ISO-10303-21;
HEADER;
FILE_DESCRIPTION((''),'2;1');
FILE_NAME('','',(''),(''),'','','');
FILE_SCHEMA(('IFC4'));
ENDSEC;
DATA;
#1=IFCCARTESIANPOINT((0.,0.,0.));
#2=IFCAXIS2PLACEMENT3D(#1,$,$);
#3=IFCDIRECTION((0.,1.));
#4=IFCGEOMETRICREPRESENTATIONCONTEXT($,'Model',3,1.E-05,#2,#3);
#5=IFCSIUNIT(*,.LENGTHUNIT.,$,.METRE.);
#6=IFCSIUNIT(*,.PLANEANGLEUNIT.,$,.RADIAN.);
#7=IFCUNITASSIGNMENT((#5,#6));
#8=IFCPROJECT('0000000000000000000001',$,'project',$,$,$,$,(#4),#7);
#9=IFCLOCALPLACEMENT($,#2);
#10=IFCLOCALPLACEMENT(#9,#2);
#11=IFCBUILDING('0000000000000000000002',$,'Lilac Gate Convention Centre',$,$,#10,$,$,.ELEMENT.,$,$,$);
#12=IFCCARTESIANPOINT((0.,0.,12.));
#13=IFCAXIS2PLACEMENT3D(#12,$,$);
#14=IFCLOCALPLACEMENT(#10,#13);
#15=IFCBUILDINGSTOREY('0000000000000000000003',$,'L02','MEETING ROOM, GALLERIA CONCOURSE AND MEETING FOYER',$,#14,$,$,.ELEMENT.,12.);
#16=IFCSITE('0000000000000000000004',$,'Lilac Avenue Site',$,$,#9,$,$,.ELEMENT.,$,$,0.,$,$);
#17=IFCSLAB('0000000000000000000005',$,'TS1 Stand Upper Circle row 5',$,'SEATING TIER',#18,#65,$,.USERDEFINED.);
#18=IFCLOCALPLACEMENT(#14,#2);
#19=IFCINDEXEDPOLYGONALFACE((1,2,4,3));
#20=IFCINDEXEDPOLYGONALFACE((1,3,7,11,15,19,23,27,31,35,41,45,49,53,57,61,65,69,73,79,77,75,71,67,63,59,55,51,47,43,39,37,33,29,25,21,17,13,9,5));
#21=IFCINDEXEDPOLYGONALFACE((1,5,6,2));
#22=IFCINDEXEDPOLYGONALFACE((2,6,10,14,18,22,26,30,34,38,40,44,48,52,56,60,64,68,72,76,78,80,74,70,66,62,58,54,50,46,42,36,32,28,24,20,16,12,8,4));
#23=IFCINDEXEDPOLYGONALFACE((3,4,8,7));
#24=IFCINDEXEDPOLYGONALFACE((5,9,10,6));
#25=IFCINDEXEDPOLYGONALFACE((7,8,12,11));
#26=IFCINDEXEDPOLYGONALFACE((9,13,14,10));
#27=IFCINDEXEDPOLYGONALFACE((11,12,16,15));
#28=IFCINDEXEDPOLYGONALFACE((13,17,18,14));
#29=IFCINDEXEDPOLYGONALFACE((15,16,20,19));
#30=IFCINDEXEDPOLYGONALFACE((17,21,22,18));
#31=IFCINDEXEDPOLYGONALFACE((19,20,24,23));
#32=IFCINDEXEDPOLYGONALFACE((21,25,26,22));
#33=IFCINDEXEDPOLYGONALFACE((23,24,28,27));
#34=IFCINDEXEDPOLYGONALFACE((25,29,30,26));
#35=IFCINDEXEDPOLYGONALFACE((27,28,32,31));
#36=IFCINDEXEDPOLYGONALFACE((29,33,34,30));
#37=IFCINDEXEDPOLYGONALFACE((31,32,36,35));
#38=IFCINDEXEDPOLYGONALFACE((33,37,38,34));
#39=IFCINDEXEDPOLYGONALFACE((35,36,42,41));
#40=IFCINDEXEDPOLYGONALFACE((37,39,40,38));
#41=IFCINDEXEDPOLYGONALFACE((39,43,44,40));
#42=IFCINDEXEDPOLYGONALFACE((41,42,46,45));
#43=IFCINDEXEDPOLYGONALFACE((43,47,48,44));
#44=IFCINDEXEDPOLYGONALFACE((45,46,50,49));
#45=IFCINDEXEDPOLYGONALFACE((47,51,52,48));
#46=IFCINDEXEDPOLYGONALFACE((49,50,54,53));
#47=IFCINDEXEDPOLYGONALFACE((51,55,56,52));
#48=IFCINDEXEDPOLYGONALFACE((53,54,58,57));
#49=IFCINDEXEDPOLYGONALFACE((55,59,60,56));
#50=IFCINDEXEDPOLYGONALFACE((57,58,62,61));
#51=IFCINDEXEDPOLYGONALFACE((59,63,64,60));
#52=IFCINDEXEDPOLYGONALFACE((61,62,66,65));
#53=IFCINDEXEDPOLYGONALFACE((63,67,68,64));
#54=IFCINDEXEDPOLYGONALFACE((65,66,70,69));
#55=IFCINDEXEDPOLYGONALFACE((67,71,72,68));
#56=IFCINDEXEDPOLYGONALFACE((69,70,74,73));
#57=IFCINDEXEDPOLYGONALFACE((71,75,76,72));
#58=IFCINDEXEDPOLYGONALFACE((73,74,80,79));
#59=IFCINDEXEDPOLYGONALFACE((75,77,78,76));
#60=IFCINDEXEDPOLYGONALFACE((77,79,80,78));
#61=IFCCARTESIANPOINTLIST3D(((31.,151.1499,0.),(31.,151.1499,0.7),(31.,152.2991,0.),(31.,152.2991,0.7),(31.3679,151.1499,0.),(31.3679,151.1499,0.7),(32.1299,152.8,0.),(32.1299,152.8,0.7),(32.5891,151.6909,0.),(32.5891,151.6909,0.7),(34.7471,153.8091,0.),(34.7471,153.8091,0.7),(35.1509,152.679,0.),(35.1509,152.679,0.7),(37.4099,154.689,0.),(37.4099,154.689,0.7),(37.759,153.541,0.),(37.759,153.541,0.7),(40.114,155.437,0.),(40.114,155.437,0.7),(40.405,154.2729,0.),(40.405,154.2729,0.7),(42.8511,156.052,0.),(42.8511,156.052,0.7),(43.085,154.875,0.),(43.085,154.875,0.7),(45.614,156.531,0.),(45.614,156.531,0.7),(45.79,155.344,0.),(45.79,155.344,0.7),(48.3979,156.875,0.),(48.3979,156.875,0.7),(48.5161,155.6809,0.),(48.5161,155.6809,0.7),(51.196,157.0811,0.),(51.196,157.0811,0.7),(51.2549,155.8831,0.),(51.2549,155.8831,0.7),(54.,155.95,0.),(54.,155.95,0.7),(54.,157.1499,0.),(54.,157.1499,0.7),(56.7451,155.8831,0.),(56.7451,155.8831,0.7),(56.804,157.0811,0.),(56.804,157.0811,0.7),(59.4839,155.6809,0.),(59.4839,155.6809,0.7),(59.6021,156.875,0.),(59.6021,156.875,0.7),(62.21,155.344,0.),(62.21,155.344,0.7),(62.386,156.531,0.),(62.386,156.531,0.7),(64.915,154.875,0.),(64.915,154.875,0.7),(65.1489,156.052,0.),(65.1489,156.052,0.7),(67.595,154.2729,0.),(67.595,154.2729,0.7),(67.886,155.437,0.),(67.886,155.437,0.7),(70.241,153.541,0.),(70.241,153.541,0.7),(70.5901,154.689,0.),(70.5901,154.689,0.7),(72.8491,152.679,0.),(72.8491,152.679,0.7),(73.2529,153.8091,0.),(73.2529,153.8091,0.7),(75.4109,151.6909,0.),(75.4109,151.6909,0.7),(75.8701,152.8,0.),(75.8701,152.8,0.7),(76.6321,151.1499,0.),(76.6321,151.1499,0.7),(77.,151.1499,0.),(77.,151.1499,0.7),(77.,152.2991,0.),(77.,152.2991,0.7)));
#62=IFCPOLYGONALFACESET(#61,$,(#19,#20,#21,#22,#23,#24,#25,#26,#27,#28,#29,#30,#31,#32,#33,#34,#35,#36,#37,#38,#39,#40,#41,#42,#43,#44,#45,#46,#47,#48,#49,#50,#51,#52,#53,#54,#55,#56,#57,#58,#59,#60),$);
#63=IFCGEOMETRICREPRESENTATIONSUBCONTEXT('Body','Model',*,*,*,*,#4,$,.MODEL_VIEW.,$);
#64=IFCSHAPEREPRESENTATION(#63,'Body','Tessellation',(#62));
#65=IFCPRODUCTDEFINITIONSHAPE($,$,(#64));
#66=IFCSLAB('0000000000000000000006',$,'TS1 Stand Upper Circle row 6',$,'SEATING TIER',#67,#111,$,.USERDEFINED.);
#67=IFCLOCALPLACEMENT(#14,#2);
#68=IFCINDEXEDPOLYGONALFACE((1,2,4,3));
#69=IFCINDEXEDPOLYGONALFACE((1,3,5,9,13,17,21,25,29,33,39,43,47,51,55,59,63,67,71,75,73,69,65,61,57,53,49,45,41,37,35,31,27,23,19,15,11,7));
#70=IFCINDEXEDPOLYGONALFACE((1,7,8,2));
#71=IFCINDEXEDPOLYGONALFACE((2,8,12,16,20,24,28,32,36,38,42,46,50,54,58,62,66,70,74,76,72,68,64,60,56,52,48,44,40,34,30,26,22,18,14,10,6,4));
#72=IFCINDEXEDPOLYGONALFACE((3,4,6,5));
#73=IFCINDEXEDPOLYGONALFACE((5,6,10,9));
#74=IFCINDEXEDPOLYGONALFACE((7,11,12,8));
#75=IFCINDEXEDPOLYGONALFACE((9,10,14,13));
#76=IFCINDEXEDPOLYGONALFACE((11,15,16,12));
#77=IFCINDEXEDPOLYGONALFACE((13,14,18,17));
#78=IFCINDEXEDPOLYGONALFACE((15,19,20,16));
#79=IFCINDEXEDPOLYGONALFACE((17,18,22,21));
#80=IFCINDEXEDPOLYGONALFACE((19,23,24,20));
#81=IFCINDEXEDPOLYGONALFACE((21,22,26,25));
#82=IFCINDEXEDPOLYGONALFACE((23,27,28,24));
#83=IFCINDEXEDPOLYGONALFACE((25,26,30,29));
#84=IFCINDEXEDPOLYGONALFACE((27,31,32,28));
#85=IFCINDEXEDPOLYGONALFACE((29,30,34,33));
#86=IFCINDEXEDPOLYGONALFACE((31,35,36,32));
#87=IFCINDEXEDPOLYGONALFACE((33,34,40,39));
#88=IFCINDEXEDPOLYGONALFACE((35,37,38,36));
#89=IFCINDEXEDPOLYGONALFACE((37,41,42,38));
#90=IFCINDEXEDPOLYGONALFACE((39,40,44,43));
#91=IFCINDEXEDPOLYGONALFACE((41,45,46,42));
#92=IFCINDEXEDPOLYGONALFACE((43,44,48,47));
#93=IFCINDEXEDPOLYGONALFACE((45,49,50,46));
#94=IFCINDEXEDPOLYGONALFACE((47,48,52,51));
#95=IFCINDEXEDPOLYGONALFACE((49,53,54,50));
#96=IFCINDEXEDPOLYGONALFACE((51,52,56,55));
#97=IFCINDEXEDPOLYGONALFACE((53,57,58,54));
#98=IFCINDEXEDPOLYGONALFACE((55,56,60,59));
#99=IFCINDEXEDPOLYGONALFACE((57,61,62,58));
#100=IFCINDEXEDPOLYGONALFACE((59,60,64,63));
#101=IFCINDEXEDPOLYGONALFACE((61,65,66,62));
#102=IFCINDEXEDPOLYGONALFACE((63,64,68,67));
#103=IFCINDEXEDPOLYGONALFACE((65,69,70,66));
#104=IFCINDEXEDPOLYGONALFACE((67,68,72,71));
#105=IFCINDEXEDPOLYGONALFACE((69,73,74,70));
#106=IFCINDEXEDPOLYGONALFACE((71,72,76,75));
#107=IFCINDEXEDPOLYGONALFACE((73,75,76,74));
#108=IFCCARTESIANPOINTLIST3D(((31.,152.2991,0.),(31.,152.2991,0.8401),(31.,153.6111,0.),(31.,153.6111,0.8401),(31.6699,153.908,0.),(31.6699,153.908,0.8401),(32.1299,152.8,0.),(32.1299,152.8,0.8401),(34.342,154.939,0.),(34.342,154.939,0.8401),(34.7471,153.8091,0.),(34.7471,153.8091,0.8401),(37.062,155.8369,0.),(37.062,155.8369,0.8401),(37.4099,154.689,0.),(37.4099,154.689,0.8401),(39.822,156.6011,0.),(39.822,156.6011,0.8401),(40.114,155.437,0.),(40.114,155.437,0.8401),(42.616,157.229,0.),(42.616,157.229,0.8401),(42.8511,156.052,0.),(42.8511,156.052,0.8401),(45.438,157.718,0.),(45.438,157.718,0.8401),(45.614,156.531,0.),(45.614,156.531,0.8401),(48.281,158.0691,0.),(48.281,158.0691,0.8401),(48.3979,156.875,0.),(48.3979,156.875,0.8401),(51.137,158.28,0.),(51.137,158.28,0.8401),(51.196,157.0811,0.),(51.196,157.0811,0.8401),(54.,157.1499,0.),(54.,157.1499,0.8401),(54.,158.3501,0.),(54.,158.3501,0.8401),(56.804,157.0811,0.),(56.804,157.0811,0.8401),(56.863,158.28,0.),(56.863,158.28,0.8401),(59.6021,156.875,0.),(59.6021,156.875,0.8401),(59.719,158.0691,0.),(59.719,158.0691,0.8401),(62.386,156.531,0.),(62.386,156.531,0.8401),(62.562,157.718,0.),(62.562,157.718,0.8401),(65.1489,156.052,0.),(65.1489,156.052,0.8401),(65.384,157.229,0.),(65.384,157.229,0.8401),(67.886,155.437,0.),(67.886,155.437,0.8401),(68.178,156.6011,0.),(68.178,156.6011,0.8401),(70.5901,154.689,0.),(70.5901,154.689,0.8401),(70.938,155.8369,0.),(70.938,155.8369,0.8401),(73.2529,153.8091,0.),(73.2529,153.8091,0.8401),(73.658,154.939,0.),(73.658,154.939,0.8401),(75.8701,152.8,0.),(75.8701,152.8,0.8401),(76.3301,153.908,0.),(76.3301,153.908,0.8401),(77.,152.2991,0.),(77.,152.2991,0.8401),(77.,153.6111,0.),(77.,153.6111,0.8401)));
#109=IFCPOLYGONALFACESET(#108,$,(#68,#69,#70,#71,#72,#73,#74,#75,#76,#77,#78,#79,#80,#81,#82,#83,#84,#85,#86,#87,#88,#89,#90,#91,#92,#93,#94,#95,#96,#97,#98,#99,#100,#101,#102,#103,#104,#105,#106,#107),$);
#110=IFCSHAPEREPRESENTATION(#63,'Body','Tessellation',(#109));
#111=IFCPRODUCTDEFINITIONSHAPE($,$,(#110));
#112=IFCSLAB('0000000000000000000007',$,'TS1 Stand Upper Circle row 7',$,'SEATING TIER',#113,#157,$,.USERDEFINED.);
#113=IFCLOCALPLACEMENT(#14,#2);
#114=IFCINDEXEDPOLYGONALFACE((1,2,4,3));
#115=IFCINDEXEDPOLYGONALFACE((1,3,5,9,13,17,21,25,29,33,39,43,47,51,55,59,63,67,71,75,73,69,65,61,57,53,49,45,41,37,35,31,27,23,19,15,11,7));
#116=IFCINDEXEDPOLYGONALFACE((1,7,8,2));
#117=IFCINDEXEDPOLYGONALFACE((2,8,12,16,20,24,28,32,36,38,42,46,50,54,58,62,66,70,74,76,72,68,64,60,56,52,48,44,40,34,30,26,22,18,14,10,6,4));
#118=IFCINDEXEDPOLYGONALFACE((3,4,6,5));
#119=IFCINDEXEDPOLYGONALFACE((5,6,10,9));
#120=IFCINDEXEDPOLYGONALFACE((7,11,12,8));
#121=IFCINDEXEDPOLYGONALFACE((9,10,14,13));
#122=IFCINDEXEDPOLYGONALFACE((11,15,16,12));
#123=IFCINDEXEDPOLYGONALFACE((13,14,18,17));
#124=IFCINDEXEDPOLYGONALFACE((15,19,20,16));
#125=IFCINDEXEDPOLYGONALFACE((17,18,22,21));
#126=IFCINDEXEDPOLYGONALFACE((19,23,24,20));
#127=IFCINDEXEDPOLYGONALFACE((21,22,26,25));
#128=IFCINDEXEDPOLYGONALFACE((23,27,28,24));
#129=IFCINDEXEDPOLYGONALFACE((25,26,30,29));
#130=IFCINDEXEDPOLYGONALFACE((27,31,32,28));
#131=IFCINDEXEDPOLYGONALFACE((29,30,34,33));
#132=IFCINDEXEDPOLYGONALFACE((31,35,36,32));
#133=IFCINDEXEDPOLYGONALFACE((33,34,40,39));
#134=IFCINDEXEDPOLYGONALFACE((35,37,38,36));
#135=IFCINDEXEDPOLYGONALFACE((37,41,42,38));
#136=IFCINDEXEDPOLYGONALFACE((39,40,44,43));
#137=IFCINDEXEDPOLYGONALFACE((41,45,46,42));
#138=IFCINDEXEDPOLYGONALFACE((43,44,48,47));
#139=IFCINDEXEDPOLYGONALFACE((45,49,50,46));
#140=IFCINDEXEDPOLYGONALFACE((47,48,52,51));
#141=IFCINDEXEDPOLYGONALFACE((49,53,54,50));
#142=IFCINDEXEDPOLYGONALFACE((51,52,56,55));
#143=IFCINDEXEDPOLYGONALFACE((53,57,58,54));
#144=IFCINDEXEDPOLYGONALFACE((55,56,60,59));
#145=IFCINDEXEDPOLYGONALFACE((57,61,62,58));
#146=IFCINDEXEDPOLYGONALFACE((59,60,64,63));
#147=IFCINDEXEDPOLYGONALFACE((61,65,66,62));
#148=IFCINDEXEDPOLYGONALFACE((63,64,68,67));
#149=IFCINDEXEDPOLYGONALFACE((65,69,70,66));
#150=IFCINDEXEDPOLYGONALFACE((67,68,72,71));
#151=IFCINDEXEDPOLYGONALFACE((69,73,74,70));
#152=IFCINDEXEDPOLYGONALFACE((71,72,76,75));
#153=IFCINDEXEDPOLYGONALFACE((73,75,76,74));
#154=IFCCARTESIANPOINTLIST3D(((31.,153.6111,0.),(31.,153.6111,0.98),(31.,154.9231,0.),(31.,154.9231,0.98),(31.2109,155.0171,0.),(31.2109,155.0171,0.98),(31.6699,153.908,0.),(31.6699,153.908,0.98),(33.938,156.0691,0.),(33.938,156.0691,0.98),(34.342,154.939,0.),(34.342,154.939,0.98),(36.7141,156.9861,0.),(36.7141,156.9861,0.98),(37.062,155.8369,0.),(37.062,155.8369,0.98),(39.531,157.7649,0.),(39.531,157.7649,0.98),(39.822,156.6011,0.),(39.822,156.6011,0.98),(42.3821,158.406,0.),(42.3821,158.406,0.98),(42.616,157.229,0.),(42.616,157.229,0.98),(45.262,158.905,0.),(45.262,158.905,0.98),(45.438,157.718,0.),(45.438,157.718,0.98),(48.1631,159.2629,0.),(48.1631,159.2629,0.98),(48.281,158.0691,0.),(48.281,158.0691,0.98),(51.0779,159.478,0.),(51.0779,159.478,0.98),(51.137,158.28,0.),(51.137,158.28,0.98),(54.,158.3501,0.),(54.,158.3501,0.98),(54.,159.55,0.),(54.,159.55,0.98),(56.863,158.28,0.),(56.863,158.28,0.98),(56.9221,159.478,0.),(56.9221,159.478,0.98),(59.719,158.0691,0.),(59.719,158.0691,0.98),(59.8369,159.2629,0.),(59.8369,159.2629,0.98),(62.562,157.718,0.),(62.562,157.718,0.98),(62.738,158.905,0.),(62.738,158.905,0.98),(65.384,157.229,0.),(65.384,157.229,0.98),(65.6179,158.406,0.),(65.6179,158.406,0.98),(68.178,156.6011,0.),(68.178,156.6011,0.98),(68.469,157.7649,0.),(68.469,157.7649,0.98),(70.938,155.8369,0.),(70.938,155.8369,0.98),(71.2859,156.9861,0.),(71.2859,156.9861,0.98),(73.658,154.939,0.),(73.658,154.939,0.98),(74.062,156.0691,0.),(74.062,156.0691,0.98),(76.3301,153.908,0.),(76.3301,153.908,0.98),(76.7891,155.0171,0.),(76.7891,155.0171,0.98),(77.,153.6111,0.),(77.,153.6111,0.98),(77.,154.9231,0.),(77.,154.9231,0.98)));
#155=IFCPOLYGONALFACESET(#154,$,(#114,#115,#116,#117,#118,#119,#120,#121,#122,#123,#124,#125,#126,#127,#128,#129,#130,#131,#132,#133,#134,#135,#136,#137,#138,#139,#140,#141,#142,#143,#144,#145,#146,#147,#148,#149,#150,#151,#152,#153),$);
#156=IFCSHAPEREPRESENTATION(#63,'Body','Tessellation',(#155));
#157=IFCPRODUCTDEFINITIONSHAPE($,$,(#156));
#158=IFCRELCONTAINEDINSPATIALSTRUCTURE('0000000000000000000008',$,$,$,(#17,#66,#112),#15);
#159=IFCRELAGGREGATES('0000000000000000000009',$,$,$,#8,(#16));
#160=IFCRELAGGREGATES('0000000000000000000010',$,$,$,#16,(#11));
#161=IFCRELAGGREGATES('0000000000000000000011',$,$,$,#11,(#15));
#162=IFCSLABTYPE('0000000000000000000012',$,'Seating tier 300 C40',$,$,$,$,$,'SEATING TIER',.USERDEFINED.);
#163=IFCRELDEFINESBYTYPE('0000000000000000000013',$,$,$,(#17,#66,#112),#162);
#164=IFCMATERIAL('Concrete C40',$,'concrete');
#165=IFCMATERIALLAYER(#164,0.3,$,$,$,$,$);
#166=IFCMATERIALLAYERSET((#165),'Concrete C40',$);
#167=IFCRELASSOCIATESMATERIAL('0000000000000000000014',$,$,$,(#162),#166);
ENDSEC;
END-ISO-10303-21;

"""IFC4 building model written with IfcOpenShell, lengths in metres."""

from ifc_helpers import new_model, si_unit, direction, frame, origin, place, context, subcontext, project, spatial, polyline, outline, extrude, material, layer, layer_set, type_object, element, save


model = new_model("IFC4")

# Units and contexts
model_context = context("Model", 3, precision=1e-05, world=origin(), true_north=direction((0.0, 1.0)))
body_context = subcontext(model_context, "Body", "Model", "MODEL_VIEW")
ifc_project = project(units=[si_unit("LENGTHUNIT", "METRE"), si_unit("PLANEANGLEUNIT", "RADIAN")], contexts=[model_context])

# Site, building, storey
site_placement = place(None, origin())
site = spatial("IfcSite", under=ifc_project, at=site_placement, Name="Lilac Avenue Site", CompositionType="ELEMENT", RefElevation=0.0)
building_placement = place(site_placement, origin())
building = spatial("IfcBuilding", under=site, at=building_placement, Name="Lilac Gate Convention Centre", CompositionType="ELEMENT")
storey_placement = place(building_placement, frame((0.0, 0.0, 12.0)))
storey = spatial("IfcBuildingStorey", under=building, at=storey_placement, Name="L02", Description="MEETING ROOM, GALLERIA CONCOURSE AND MEETING FOYER", CompositionType="ELEMENT", Elevation=12.0)

# Shared definitions
ifc_material_1 = material(Name="Concrete C40", Category="concrete")

# Slabs
ifc_layer_1 = layer(ifc_material_1, 0.3)
ifc_layer_set_1 = layer_set([ifc_layer_1], Name="Concrete C40")
slab_type_1 = type_object("IfcSlabType", Name="Seating tier 300 C40", ElementType="SEATING TIER", PredefinedType="USERDEFINED", material=ifc_layer_set_1)
slab_1_placement = place(storey_placement, origin())
element("IfcSlab", 1, at=slab_1_placement, inside=storey, type_object=slab_type_1, Name="TS1 Stand Upper Circle row 5", ObjectType="SEATING TIER", PredefinedType="USERDEFINED", context=body_context, shape_type="SweptSolid", body=[
    extrude(outline(polyline([(32.1299, 152.8), (34.7471, 153.8091), (37.4099, 154.689), (40.114, 155.437), (42.8511, 156.052), (45.614, 156.531), (48.3979, 156.875), (51.196, 157.0811), (54.0, 157.1499), (56.804, 157.0811), (59.6021, 156.875), (62.386, 156.531), (65.1489, 156.052), (67.886, 155.437), (70.5901, 154.689), (73.2529, 153.8091), (75.8701, 152.8), (77.0, 152.2991), (77.0, 151.1499), (76.6321, 151.1499), (75.4109, 151.6909), (72.8491, 152.679), (70.241, 153.541), (67.595, 154.2729), (64.915, 154.875), (62.21, 155.344), (59.4839, 155.6809), (56.7451, 155.8831), (54.0, 155.95), (51.2549, 155.8831), (48.5161, 155.6809), (45.79, 155.344), (43.085, 154.875), (40.405, 154.2729), (37.759, 153.541), (35.1509, 152.679), (32.5891, 151.6909), (31.3679, 151.1499), (31.0, 151.1499), (31.0, 152.2991), (32.1299, 152.8)])), origin(), (0.0, 0.0, 1.0), 0.7),
])
slab_2_placement = place(storey_placement, origin())
element("IfcSlab", 2, at=slab_2_placement, inside=storey, type_object=slab_type_1, Name="TS1 Stand Upper Circle row 6", ObjectType="SEATING TIER", PredefinedType="USERDEFINED", context=body_context, shape_type="SweptSolid", body=[
    extrude(outline(polyline([(31.6699, 153.908), (34.342, 154.939), (37.062, 155.8369), (39.822, 156.6011), (42.616, 157.229), (45.438, 157.718), (48.281, 158.0691), (51.137, 158.28), (54.0, 158.3501), (56.863, 158.28), (59.719, 158.0691), (62.562, 157.718), (65.384, 157.229), (68.178, 156.6011), (70.938, 155.8369), (73.658, 154.939), (76.3301, 153.908), (77.0, 153.6111), (77.0, 152.2991), (75.8701, 152.8), (73.2529, 153.8091), (70.5901, 154.689), (67.886, 155.437), (65.1489, 156.052), (62.386, 156.531), (59.6021, 156.875), (56.804, 157.0811), (54.0, 157.1499), (51.196, 157.0811), (48.3979, 156.875), (45.614, 156.531), (42.8511, 156.052), (40.114, 155.437), (37.4099, 154.689), (34.7471, 153.8091), (32.1299, 152.8), (31.0, 152.2991), (31.0, 153.6111), (31.6699, 153.908)])), origin(), (0.0, 0.0, 1.0), 0.8401),
])
slab_3_placement = place(storey_placement, origin())
element("IfcSlab", 3, at=slab_3_placement, inside=storey, type_object=slab_type_1, Name="TS1 Stand Upper Circle row 7", ObjectType="SEATING TIER", PredefinedType="USERDEFINED", context=body_context, shape_type="SweptSolid", body=[
    extrude(outline(polyline([(31.2109, 155.0171), (33.938, 156.0691), (36.7141, 156.9861), (39.531, 157.7649), (42.3821, 158.406), (45.262, 158.905), (48.1631, 159.2629), (51.0779, 159.478), (54.0, 159.55), (56.9221, 159.478), (59.8369, 159.2629), (62.738, 158.905), (65.6179, 158.406), (68.469, 157.7649), (71.2859, 156.9861), (74.062, 156.0691), (76.7891, 155.0171), (77.0, 154.9231), (77.0, 153.6111), (76.3301, 153.908), (73.658, 154.939), (70.938, 155.8369), (68.178, 156.6011), (65.384, 157.229), (62.562, 157.718), (59.719, 158.0691), (56.863, 158.28), (54.0, 158.3501), (51.137, 158.28), (48.281, 158.0691), (45.438, 157.718), (42.616, 157.229), (39.822, 156.6011), (37.062, 155.8369), (34.342, 154.939), (31.6699, 153.908), (31.0, 153.6111), (31.0, 154.9231), (31.2109, 155.0171)])), origin(), (0.0, 0.0, 1.0), 0.98),
])

save(model, "model.ifc")
